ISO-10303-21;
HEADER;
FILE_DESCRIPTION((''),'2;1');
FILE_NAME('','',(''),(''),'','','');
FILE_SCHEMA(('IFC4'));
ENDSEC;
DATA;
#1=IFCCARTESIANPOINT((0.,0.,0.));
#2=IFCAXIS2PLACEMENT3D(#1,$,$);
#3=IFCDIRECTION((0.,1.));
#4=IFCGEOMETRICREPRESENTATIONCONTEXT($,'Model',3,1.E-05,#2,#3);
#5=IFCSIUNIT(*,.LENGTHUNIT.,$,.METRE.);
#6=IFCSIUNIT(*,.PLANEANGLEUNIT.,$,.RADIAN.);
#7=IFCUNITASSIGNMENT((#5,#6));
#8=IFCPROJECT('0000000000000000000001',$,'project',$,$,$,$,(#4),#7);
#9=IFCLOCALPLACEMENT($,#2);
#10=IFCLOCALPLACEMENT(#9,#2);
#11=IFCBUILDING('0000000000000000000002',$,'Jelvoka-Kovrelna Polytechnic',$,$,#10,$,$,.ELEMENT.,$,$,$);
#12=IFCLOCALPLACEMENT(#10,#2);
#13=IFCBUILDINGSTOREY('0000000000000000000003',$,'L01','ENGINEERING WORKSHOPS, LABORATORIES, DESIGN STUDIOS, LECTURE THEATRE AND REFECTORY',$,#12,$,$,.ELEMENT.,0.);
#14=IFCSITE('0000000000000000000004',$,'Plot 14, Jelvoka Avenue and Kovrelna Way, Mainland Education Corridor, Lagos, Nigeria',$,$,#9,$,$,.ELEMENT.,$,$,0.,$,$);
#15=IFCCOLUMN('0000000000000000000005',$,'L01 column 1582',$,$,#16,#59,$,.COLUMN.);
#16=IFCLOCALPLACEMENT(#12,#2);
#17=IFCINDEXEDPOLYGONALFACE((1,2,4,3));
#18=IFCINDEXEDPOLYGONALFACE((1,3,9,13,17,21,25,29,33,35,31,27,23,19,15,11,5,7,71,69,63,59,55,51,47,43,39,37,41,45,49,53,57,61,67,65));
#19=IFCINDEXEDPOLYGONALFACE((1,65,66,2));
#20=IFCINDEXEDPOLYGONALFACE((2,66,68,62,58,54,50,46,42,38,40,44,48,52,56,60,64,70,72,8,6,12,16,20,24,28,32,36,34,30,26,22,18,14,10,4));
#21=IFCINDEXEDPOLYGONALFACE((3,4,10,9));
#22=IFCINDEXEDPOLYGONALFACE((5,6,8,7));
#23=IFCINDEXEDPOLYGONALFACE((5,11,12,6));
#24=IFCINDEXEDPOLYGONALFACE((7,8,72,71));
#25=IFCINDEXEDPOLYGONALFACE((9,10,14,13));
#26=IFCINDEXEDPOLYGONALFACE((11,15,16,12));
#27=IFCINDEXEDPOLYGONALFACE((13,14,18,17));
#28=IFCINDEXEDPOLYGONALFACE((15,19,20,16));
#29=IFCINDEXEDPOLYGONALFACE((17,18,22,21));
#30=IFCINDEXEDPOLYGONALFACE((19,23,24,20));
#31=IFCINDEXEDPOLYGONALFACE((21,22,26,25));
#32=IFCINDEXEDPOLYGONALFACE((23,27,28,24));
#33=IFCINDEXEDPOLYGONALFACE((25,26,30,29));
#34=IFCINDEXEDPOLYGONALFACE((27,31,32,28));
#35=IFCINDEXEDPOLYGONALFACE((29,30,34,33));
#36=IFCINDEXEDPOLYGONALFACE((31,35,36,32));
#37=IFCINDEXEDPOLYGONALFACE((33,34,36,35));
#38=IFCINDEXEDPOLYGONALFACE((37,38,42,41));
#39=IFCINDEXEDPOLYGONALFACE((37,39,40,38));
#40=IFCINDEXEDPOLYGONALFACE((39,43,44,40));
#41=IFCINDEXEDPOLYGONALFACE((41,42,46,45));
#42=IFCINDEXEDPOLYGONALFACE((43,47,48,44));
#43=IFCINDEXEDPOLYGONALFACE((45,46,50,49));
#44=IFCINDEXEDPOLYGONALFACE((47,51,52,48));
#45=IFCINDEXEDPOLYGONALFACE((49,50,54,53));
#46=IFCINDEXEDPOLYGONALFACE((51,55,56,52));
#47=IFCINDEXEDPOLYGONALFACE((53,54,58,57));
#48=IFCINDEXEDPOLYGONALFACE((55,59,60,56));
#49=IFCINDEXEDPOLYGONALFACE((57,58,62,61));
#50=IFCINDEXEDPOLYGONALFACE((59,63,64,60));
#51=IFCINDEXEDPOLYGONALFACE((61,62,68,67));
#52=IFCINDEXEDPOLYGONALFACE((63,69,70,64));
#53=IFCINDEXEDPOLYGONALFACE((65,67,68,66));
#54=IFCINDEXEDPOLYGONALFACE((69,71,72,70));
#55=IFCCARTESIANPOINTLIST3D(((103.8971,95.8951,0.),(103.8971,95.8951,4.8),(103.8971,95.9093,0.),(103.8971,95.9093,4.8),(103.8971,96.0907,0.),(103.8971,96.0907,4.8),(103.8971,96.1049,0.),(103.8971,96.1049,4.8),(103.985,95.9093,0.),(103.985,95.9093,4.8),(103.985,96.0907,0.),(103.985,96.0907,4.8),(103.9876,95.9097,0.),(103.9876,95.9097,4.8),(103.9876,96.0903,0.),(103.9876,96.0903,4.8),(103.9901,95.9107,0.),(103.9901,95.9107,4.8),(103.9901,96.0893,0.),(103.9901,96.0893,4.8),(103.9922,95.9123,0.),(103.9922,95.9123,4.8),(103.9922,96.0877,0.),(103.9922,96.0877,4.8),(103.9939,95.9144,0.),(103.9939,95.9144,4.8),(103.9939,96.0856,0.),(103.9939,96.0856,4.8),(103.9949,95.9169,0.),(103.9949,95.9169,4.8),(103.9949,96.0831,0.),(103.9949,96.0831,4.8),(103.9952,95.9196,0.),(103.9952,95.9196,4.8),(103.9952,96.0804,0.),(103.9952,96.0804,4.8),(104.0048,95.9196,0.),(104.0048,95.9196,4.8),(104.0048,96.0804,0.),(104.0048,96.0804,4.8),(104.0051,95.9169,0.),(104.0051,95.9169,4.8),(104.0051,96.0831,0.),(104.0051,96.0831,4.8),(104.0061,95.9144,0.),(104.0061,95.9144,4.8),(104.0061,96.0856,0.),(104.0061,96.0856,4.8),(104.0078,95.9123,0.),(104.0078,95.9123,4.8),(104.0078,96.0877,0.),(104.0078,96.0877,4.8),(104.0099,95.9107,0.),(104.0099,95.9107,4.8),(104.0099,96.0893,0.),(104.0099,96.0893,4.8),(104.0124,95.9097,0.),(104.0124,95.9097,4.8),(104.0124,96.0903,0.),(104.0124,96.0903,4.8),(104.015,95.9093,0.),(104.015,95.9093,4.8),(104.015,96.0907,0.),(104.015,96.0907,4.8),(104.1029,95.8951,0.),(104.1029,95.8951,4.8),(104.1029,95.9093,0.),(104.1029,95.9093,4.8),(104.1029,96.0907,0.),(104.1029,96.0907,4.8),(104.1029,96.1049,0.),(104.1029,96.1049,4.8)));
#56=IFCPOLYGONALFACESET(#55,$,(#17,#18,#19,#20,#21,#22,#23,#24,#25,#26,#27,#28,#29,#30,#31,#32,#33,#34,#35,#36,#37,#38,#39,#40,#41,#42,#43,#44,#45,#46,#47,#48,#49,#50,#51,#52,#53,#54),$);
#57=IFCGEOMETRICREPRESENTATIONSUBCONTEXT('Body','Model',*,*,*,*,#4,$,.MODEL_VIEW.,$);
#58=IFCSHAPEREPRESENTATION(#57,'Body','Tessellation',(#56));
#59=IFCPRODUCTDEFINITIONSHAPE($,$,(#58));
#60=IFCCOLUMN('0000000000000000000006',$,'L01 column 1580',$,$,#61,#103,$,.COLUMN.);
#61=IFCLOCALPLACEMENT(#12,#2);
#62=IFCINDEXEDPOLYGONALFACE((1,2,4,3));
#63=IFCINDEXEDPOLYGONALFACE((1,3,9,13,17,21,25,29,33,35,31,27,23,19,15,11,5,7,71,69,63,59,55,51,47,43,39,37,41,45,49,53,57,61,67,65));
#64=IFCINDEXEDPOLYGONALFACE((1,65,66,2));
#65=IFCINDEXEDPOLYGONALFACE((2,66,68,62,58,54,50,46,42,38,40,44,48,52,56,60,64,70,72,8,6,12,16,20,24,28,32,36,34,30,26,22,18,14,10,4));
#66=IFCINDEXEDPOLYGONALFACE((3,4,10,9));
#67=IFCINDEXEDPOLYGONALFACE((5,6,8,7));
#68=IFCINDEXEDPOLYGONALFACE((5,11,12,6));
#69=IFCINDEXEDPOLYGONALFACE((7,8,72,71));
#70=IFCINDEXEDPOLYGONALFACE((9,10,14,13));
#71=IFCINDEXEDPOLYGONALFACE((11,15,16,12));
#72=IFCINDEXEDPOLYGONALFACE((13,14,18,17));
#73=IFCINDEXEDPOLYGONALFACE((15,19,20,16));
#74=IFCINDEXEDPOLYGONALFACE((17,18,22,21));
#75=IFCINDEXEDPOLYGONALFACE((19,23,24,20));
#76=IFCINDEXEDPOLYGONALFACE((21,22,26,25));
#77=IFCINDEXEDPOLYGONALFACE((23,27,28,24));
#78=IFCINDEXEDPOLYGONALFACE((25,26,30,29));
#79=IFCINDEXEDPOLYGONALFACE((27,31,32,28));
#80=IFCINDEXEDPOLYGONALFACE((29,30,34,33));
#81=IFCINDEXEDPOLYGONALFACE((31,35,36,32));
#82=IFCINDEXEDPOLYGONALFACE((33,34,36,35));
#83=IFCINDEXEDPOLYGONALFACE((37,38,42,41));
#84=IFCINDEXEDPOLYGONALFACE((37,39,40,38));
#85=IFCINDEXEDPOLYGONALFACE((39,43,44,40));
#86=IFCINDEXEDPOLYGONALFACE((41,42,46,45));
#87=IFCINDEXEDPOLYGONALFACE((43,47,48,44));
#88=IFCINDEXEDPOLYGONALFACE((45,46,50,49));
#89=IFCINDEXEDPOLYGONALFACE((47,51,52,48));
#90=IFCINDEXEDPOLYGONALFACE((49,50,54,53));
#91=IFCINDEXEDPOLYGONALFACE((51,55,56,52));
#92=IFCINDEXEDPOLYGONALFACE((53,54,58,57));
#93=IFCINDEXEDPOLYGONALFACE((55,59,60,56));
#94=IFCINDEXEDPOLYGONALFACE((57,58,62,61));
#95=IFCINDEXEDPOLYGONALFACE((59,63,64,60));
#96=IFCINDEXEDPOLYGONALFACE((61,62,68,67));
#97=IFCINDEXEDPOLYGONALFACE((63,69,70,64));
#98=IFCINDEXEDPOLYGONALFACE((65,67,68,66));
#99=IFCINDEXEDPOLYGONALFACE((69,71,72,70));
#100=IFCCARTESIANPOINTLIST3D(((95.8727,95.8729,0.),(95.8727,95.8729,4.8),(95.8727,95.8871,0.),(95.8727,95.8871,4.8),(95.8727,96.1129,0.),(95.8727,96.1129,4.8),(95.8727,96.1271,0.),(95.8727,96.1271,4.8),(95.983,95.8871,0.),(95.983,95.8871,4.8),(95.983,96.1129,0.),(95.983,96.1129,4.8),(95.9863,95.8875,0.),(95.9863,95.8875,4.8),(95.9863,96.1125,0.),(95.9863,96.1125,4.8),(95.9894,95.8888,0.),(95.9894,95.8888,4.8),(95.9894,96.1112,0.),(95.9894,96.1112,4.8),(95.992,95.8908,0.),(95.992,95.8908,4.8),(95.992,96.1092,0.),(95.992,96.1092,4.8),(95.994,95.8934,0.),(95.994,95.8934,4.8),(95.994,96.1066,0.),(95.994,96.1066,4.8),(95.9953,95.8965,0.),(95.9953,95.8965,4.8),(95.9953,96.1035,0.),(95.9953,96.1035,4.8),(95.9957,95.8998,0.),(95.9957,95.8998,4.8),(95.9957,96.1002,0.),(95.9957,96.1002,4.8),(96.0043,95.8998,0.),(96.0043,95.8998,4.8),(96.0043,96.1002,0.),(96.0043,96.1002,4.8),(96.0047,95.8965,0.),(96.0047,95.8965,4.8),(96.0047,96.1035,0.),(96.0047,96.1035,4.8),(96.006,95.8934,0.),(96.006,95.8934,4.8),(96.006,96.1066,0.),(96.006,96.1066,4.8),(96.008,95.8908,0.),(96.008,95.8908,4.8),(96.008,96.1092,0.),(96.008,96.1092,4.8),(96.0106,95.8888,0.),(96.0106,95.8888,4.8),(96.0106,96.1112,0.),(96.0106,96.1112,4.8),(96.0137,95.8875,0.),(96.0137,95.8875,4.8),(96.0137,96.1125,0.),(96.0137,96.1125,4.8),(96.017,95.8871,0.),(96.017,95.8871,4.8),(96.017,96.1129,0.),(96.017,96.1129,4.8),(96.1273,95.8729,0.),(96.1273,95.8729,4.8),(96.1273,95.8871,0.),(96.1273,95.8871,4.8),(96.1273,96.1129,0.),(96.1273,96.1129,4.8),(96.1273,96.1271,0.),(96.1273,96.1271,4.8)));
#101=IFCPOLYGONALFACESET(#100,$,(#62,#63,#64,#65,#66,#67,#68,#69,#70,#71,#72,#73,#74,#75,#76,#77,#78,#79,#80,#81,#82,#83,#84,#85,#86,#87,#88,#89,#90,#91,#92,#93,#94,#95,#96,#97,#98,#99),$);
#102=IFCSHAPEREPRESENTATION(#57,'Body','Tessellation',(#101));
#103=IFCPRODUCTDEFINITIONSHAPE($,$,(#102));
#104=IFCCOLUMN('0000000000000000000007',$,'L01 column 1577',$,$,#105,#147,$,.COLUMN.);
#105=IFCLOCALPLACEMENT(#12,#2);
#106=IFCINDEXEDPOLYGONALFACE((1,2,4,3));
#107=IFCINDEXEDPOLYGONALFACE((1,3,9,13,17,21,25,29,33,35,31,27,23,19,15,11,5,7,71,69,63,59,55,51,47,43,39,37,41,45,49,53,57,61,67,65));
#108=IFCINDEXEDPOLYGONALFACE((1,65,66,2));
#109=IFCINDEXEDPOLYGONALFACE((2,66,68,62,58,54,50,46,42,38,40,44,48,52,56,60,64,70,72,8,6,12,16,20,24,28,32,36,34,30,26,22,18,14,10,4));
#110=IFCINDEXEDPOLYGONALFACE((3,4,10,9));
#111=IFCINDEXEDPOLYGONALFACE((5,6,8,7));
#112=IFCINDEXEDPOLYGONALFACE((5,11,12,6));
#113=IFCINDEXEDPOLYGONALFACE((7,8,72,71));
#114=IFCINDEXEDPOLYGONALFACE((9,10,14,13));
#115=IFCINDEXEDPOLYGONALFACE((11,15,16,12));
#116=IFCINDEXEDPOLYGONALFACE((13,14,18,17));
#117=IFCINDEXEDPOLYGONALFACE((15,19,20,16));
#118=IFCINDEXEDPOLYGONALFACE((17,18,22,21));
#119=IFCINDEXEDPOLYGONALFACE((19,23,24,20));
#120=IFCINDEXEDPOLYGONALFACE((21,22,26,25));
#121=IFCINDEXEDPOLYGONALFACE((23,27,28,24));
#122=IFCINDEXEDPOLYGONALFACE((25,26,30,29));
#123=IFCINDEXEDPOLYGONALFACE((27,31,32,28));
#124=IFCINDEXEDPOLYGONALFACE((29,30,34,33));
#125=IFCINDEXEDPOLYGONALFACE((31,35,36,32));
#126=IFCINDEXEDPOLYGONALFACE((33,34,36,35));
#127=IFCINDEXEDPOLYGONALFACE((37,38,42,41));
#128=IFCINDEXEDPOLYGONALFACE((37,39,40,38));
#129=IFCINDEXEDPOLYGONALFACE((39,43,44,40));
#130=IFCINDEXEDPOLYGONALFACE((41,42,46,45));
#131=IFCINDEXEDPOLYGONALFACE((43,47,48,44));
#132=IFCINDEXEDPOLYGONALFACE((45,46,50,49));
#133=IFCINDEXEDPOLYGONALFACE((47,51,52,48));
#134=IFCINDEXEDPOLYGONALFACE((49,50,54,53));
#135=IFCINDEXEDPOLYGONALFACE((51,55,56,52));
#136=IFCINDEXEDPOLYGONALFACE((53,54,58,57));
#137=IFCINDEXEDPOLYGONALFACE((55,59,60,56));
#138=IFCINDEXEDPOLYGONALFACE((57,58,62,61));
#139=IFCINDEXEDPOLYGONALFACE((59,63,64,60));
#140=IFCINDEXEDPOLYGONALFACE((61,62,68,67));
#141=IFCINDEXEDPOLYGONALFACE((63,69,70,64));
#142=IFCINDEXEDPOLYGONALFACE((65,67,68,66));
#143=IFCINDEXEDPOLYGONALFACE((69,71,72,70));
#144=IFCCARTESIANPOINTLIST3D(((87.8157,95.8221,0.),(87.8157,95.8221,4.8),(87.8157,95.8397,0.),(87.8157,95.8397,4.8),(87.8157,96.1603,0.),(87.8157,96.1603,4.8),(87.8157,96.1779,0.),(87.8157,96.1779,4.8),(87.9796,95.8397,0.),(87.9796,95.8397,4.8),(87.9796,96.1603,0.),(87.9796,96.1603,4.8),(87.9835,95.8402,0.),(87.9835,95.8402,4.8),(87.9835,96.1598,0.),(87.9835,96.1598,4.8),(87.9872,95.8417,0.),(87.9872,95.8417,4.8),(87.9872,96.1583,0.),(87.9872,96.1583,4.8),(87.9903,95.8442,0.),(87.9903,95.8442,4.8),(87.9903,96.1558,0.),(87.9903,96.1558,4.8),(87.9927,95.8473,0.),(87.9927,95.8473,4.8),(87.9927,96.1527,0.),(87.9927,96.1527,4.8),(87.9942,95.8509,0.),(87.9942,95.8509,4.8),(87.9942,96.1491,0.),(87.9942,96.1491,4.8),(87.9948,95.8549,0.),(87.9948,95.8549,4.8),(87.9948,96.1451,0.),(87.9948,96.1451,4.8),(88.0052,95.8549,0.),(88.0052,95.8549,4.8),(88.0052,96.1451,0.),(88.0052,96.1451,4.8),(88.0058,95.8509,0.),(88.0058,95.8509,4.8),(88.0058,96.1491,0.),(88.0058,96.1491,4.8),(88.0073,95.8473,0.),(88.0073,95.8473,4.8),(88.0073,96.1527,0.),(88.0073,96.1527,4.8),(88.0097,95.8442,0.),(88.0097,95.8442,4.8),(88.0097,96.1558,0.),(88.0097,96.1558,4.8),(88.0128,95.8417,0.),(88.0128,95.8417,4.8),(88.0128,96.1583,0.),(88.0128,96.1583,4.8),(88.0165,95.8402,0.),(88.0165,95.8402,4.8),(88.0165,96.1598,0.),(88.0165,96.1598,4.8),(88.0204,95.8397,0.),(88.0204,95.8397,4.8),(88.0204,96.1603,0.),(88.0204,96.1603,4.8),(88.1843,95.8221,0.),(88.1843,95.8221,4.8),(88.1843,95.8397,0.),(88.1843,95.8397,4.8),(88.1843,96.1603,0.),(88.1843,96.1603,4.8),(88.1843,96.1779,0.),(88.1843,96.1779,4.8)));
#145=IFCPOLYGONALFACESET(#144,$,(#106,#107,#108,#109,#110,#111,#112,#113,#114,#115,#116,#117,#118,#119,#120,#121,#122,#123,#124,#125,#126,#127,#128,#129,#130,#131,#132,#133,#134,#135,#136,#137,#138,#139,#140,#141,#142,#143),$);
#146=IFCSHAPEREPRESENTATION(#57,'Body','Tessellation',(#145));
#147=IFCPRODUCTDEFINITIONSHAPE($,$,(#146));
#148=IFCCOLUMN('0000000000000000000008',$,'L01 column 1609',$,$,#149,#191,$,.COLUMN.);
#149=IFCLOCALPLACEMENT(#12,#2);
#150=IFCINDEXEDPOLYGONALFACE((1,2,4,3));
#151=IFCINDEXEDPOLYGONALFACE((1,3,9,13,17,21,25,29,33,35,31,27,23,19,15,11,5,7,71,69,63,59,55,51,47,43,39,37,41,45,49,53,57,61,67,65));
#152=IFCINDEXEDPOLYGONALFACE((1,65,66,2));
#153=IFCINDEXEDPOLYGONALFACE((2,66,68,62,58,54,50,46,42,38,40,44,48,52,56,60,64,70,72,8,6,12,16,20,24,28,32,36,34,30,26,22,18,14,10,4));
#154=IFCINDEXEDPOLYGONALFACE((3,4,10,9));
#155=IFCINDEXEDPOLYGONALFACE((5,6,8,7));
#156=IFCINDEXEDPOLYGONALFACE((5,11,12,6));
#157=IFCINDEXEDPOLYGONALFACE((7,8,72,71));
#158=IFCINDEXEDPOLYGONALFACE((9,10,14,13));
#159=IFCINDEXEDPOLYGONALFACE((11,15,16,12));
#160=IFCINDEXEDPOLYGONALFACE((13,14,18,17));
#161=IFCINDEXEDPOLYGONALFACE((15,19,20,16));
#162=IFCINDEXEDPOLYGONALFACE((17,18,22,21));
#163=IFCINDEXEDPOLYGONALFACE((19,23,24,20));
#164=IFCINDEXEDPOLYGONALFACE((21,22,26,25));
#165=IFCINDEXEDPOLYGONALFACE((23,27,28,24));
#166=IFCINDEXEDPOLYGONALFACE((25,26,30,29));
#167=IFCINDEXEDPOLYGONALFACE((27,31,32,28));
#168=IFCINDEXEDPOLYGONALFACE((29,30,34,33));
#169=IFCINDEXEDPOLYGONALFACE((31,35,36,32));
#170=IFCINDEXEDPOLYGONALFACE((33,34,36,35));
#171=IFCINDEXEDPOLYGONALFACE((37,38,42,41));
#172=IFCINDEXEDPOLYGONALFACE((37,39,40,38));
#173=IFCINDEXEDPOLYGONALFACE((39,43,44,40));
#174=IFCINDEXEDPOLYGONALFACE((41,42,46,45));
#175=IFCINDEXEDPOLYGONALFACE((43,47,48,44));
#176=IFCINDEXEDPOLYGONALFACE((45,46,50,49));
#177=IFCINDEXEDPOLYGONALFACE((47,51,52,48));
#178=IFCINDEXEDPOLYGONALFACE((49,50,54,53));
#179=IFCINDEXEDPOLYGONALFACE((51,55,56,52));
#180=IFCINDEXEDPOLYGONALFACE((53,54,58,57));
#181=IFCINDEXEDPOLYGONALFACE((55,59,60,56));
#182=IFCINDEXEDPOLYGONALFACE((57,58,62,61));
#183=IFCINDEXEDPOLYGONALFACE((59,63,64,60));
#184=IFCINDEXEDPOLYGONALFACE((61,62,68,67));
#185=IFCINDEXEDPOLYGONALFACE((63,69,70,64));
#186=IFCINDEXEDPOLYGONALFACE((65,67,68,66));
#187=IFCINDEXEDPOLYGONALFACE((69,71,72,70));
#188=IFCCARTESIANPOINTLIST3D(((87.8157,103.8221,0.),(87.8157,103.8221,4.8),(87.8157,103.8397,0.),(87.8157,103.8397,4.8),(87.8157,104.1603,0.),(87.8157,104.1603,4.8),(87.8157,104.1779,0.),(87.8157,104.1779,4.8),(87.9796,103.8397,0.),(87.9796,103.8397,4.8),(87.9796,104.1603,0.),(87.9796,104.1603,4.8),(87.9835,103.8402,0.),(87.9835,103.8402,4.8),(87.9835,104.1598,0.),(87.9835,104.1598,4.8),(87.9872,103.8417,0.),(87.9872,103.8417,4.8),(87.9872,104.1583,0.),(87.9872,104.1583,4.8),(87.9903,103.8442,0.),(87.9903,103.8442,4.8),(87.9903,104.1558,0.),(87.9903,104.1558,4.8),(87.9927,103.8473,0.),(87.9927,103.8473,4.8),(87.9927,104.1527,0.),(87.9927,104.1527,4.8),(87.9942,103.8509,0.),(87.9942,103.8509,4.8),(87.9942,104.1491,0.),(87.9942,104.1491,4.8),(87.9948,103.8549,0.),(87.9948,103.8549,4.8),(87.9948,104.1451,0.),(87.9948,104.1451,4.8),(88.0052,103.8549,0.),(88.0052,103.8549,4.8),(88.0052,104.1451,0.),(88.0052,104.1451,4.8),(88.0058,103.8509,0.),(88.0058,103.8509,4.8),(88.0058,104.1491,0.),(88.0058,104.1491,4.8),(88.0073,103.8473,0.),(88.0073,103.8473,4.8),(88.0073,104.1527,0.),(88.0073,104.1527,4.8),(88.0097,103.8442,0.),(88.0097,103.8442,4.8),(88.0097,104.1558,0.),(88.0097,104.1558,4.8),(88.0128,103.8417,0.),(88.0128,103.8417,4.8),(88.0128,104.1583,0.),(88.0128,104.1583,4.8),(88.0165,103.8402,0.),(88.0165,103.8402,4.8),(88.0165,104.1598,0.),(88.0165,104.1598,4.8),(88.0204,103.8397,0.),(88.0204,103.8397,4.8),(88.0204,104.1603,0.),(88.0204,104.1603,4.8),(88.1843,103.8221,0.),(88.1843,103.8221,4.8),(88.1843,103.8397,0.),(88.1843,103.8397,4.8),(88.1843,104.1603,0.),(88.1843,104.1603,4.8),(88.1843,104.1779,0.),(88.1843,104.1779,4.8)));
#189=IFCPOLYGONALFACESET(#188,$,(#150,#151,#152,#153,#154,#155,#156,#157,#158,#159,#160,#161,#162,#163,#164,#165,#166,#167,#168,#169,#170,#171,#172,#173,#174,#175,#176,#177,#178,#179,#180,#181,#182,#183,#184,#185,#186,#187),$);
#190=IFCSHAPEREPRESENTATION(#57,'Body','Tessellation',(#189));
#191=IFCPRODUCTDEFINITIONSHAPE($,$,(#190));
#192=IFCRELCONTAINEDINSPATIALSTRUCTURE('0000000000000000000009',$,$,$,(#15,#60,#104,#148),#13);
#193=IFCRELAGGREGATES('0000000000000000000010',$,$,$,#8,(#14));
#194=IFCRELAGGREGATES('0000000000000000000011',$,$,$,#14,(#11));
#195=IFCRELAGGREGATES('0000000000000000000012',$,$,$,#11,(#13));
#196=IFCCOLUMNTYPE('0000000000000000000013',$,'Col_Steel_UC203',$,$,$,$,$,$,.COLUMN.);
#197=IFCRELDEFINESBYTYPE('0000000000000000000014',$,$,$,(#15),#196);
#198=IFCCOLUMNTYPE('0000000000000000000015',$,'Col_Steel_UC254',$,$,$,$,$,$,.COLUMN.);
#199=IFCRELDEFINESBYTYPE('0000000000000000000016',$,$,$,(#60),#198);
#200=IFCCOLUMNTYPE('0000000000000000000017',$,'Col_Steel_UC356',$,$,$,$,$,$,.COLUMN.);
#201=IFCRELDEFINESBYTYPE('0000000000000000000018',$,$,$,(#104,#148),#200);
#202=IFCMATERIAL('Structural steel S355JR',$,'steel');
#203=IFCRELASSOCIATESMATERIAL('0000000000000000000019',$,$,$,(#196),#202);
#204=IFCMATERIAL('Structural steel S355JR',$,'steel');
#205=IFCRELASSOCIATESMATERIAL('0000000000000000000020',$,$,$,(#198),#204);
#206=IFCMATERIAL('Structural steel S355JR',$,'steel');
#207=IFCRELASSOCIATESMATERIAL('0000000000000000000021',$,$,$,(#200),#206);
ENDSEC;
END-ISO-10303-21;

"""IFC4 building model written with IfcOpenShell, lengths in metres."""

from ifc_helpers import new_model, si_unit, direction, frame, origin, origin_2d, place, context, subcontext, project, spatial, i_section, extrude, material, material_profile, profile_set, type_object, element, save


model = new_model("IFC4")

# Units and contexts
model_context = context("Model", 3, precision=1e-05, world=origin(), true_north=direction((0.0, 1.0)))
body_context = subcontext(model_context, "Body", "Model", "MODEL_VIEW")
ifc_project = project(units=[si_unit("LENGTHUNIT", "METRE"), si_unit("PLANEANGLEUNIT", "RADIAN")], contexts=[model_context])

# Site, building, storey
site_placement = place(None, origin())
site = spatial("IfcSite", under=ifc_project, at=site_placement, Name="Plot 14, Jelvoka Avenue and Kovrelna Way, Mainland Education Corridor, Lagos, Nigeria", CompositionType="ELEMENT", RefElevation=0.0)
building_placement = place(site_placement, origin())
building = spatial("IfcBuilding", under=site, at=building_placement, Name="Jelvoka-Kovrelna Polytechnic", CompositionType="ELEMENT")
storey_placement = place(building_placement, origin())
storey = spatial("IfcBuildingStorey", under=building, at=storey_placement, Name="L01", Description="ENGINEERING WORKSHOPS, LABORATORIES, DESIGN STUDIOS, LECTURE THEATRE AND REFECTORY", CompositionType="ELEMENT", Elevation=0.0)

# Columns
ifc_material_1 = material(Name="Structural steel S355JR", Category="steel")
ifc_material_profile_1 = material_profile(ifc_material_1, i_section(OverallWidth=0.2058, OverallDepth=0.2097, WebThickness=0.0095, FlangeThickness=0.0142, FilletRadius=0.0103, at=origin_2d()), Name="203x203x60 UC")
ifc_profile_set_1 = profile_set([ifc_material_profile_1], Name="Structural steel S355JR")
column_type_1 = type_object("IfcColumnType", Name="Col_Steel_UC203", PredefinedType="COLUMN", material=ifc_profile_set_1)
column_1_placement = place(storey_placement, frame((104.0, 96.0, 0.0), z_axis=(0.0, 0.0, 1.0), x_axis=(1.0, 0.0, 0.0)))
element("IfcColumn", 1, at=column_1_placement, inside=storey, type_object=column_type_1, Name="L01 column 1582", PredefinedType="COLUMN", context=body_context, shape_type="SweptSolid", body=[
    extrude(i_section(OverallWidth=0.2058, OverallDepth=0.2097, WebThickness=0.0095, FlangeThickness=0.0142, FilletRadius=0.0103, at=origin_2d()), origin(), (0.0, 0.0, 1.0), 4.8),
])
ifc_material_2 = material(Name="Structural steel S355JR", Category="steel")
ifc_material_profile_2 = material_profile(ifc_material_2, i_section(OverallWidth=0.2546, OverallDepth=0.2542, WebThickness=0.0085, FlangeThickness=0.0142, FilletRadius=0.0127, at=origin_2d()), Name="254x254x73 UC")
ifc_profile_set_2 = profile_set([ifc_material_profile_2], Name="Structural steel S355JR")
column_type_2 = type_object("IfcColumnType", Name="Col_Steel_UC254", PredefinedType="COLUMN", material=ifc_profile_set_2)
column_2_placement = place(storey_placement, frame((96.0, 96.0, 0.0), z_axis=(0.0, 0.0, 1.0), x_axis=(1.0, 0.0, 0.0)))
element("IfcColumn", 2, at=column_2_placement, inside=storey, type_object=column_type_2, Name="L01 column 1580", PredefinedType="COLUMN", context=body_context, shape_type="SweptSolid", body=[
    extrude(i_section(OverallWidth=0.2546, OverallDepth=0.2542, WebThickness=0.0085, FlangeThickness=0.0142, FilletRadius=0.0127, at=origin_2d()), origin(), (0.0, 0.0, 1.0), 4.8),
])
ifc_material_3 = material(Name="Structural steel S355JR", Category="steel")
ifc_material_profile_3 = material_profile(ifc_material_3, i_section(OverallWidth=0.3687, OverallDepth=0.3557, WebThickness=0.0105, FlangeThickness=0.0176, FilletRadius=0.0151, at=origin_2d()), Name="356x368x129 UC")
ifc_profile_set_3 = profile_set([ifc_material_profile_3], Name="Structural steel S355JR")
column_type_3 = type_object("IfcColumnType", Name="Col_Steel_UC356", PredefinedType="COLUMN", material=ifc_profile_set_3)
for number, where, z_axis, x_axis, name in (
    (3, (88.0, 96.0, 0.0), (0.0, 0.0, 1.0), (1.0, 0.0, 0.0), "L01 column 1577"),
    (4, (88.0, 104.0, 0.0), (0.0, 0.0, 1.0), (1.0, 0.0, 0.0), "L01 column 1609"),
):
    element("IfcColumn", number, at=place(storey_placement, frame(where, z_axis=z_axis, x_axis=x_axis)), inside=storey, type_object=column_type_3, Name=name, PredefinedType="COLUMN", context=body_context, shape_type="SweptSolid", body=[
        extrude(i_section(OverallWidth=0.3687, OverallDepth=0.3557, WebThickness=0.0105, FlangeThickness=0.0176, FilletRadius=0.0151, at=origin_2d()), origin(), (0.0, 0.0, 1.0), 4.8),
    ])

save(model, "model.ifc")
